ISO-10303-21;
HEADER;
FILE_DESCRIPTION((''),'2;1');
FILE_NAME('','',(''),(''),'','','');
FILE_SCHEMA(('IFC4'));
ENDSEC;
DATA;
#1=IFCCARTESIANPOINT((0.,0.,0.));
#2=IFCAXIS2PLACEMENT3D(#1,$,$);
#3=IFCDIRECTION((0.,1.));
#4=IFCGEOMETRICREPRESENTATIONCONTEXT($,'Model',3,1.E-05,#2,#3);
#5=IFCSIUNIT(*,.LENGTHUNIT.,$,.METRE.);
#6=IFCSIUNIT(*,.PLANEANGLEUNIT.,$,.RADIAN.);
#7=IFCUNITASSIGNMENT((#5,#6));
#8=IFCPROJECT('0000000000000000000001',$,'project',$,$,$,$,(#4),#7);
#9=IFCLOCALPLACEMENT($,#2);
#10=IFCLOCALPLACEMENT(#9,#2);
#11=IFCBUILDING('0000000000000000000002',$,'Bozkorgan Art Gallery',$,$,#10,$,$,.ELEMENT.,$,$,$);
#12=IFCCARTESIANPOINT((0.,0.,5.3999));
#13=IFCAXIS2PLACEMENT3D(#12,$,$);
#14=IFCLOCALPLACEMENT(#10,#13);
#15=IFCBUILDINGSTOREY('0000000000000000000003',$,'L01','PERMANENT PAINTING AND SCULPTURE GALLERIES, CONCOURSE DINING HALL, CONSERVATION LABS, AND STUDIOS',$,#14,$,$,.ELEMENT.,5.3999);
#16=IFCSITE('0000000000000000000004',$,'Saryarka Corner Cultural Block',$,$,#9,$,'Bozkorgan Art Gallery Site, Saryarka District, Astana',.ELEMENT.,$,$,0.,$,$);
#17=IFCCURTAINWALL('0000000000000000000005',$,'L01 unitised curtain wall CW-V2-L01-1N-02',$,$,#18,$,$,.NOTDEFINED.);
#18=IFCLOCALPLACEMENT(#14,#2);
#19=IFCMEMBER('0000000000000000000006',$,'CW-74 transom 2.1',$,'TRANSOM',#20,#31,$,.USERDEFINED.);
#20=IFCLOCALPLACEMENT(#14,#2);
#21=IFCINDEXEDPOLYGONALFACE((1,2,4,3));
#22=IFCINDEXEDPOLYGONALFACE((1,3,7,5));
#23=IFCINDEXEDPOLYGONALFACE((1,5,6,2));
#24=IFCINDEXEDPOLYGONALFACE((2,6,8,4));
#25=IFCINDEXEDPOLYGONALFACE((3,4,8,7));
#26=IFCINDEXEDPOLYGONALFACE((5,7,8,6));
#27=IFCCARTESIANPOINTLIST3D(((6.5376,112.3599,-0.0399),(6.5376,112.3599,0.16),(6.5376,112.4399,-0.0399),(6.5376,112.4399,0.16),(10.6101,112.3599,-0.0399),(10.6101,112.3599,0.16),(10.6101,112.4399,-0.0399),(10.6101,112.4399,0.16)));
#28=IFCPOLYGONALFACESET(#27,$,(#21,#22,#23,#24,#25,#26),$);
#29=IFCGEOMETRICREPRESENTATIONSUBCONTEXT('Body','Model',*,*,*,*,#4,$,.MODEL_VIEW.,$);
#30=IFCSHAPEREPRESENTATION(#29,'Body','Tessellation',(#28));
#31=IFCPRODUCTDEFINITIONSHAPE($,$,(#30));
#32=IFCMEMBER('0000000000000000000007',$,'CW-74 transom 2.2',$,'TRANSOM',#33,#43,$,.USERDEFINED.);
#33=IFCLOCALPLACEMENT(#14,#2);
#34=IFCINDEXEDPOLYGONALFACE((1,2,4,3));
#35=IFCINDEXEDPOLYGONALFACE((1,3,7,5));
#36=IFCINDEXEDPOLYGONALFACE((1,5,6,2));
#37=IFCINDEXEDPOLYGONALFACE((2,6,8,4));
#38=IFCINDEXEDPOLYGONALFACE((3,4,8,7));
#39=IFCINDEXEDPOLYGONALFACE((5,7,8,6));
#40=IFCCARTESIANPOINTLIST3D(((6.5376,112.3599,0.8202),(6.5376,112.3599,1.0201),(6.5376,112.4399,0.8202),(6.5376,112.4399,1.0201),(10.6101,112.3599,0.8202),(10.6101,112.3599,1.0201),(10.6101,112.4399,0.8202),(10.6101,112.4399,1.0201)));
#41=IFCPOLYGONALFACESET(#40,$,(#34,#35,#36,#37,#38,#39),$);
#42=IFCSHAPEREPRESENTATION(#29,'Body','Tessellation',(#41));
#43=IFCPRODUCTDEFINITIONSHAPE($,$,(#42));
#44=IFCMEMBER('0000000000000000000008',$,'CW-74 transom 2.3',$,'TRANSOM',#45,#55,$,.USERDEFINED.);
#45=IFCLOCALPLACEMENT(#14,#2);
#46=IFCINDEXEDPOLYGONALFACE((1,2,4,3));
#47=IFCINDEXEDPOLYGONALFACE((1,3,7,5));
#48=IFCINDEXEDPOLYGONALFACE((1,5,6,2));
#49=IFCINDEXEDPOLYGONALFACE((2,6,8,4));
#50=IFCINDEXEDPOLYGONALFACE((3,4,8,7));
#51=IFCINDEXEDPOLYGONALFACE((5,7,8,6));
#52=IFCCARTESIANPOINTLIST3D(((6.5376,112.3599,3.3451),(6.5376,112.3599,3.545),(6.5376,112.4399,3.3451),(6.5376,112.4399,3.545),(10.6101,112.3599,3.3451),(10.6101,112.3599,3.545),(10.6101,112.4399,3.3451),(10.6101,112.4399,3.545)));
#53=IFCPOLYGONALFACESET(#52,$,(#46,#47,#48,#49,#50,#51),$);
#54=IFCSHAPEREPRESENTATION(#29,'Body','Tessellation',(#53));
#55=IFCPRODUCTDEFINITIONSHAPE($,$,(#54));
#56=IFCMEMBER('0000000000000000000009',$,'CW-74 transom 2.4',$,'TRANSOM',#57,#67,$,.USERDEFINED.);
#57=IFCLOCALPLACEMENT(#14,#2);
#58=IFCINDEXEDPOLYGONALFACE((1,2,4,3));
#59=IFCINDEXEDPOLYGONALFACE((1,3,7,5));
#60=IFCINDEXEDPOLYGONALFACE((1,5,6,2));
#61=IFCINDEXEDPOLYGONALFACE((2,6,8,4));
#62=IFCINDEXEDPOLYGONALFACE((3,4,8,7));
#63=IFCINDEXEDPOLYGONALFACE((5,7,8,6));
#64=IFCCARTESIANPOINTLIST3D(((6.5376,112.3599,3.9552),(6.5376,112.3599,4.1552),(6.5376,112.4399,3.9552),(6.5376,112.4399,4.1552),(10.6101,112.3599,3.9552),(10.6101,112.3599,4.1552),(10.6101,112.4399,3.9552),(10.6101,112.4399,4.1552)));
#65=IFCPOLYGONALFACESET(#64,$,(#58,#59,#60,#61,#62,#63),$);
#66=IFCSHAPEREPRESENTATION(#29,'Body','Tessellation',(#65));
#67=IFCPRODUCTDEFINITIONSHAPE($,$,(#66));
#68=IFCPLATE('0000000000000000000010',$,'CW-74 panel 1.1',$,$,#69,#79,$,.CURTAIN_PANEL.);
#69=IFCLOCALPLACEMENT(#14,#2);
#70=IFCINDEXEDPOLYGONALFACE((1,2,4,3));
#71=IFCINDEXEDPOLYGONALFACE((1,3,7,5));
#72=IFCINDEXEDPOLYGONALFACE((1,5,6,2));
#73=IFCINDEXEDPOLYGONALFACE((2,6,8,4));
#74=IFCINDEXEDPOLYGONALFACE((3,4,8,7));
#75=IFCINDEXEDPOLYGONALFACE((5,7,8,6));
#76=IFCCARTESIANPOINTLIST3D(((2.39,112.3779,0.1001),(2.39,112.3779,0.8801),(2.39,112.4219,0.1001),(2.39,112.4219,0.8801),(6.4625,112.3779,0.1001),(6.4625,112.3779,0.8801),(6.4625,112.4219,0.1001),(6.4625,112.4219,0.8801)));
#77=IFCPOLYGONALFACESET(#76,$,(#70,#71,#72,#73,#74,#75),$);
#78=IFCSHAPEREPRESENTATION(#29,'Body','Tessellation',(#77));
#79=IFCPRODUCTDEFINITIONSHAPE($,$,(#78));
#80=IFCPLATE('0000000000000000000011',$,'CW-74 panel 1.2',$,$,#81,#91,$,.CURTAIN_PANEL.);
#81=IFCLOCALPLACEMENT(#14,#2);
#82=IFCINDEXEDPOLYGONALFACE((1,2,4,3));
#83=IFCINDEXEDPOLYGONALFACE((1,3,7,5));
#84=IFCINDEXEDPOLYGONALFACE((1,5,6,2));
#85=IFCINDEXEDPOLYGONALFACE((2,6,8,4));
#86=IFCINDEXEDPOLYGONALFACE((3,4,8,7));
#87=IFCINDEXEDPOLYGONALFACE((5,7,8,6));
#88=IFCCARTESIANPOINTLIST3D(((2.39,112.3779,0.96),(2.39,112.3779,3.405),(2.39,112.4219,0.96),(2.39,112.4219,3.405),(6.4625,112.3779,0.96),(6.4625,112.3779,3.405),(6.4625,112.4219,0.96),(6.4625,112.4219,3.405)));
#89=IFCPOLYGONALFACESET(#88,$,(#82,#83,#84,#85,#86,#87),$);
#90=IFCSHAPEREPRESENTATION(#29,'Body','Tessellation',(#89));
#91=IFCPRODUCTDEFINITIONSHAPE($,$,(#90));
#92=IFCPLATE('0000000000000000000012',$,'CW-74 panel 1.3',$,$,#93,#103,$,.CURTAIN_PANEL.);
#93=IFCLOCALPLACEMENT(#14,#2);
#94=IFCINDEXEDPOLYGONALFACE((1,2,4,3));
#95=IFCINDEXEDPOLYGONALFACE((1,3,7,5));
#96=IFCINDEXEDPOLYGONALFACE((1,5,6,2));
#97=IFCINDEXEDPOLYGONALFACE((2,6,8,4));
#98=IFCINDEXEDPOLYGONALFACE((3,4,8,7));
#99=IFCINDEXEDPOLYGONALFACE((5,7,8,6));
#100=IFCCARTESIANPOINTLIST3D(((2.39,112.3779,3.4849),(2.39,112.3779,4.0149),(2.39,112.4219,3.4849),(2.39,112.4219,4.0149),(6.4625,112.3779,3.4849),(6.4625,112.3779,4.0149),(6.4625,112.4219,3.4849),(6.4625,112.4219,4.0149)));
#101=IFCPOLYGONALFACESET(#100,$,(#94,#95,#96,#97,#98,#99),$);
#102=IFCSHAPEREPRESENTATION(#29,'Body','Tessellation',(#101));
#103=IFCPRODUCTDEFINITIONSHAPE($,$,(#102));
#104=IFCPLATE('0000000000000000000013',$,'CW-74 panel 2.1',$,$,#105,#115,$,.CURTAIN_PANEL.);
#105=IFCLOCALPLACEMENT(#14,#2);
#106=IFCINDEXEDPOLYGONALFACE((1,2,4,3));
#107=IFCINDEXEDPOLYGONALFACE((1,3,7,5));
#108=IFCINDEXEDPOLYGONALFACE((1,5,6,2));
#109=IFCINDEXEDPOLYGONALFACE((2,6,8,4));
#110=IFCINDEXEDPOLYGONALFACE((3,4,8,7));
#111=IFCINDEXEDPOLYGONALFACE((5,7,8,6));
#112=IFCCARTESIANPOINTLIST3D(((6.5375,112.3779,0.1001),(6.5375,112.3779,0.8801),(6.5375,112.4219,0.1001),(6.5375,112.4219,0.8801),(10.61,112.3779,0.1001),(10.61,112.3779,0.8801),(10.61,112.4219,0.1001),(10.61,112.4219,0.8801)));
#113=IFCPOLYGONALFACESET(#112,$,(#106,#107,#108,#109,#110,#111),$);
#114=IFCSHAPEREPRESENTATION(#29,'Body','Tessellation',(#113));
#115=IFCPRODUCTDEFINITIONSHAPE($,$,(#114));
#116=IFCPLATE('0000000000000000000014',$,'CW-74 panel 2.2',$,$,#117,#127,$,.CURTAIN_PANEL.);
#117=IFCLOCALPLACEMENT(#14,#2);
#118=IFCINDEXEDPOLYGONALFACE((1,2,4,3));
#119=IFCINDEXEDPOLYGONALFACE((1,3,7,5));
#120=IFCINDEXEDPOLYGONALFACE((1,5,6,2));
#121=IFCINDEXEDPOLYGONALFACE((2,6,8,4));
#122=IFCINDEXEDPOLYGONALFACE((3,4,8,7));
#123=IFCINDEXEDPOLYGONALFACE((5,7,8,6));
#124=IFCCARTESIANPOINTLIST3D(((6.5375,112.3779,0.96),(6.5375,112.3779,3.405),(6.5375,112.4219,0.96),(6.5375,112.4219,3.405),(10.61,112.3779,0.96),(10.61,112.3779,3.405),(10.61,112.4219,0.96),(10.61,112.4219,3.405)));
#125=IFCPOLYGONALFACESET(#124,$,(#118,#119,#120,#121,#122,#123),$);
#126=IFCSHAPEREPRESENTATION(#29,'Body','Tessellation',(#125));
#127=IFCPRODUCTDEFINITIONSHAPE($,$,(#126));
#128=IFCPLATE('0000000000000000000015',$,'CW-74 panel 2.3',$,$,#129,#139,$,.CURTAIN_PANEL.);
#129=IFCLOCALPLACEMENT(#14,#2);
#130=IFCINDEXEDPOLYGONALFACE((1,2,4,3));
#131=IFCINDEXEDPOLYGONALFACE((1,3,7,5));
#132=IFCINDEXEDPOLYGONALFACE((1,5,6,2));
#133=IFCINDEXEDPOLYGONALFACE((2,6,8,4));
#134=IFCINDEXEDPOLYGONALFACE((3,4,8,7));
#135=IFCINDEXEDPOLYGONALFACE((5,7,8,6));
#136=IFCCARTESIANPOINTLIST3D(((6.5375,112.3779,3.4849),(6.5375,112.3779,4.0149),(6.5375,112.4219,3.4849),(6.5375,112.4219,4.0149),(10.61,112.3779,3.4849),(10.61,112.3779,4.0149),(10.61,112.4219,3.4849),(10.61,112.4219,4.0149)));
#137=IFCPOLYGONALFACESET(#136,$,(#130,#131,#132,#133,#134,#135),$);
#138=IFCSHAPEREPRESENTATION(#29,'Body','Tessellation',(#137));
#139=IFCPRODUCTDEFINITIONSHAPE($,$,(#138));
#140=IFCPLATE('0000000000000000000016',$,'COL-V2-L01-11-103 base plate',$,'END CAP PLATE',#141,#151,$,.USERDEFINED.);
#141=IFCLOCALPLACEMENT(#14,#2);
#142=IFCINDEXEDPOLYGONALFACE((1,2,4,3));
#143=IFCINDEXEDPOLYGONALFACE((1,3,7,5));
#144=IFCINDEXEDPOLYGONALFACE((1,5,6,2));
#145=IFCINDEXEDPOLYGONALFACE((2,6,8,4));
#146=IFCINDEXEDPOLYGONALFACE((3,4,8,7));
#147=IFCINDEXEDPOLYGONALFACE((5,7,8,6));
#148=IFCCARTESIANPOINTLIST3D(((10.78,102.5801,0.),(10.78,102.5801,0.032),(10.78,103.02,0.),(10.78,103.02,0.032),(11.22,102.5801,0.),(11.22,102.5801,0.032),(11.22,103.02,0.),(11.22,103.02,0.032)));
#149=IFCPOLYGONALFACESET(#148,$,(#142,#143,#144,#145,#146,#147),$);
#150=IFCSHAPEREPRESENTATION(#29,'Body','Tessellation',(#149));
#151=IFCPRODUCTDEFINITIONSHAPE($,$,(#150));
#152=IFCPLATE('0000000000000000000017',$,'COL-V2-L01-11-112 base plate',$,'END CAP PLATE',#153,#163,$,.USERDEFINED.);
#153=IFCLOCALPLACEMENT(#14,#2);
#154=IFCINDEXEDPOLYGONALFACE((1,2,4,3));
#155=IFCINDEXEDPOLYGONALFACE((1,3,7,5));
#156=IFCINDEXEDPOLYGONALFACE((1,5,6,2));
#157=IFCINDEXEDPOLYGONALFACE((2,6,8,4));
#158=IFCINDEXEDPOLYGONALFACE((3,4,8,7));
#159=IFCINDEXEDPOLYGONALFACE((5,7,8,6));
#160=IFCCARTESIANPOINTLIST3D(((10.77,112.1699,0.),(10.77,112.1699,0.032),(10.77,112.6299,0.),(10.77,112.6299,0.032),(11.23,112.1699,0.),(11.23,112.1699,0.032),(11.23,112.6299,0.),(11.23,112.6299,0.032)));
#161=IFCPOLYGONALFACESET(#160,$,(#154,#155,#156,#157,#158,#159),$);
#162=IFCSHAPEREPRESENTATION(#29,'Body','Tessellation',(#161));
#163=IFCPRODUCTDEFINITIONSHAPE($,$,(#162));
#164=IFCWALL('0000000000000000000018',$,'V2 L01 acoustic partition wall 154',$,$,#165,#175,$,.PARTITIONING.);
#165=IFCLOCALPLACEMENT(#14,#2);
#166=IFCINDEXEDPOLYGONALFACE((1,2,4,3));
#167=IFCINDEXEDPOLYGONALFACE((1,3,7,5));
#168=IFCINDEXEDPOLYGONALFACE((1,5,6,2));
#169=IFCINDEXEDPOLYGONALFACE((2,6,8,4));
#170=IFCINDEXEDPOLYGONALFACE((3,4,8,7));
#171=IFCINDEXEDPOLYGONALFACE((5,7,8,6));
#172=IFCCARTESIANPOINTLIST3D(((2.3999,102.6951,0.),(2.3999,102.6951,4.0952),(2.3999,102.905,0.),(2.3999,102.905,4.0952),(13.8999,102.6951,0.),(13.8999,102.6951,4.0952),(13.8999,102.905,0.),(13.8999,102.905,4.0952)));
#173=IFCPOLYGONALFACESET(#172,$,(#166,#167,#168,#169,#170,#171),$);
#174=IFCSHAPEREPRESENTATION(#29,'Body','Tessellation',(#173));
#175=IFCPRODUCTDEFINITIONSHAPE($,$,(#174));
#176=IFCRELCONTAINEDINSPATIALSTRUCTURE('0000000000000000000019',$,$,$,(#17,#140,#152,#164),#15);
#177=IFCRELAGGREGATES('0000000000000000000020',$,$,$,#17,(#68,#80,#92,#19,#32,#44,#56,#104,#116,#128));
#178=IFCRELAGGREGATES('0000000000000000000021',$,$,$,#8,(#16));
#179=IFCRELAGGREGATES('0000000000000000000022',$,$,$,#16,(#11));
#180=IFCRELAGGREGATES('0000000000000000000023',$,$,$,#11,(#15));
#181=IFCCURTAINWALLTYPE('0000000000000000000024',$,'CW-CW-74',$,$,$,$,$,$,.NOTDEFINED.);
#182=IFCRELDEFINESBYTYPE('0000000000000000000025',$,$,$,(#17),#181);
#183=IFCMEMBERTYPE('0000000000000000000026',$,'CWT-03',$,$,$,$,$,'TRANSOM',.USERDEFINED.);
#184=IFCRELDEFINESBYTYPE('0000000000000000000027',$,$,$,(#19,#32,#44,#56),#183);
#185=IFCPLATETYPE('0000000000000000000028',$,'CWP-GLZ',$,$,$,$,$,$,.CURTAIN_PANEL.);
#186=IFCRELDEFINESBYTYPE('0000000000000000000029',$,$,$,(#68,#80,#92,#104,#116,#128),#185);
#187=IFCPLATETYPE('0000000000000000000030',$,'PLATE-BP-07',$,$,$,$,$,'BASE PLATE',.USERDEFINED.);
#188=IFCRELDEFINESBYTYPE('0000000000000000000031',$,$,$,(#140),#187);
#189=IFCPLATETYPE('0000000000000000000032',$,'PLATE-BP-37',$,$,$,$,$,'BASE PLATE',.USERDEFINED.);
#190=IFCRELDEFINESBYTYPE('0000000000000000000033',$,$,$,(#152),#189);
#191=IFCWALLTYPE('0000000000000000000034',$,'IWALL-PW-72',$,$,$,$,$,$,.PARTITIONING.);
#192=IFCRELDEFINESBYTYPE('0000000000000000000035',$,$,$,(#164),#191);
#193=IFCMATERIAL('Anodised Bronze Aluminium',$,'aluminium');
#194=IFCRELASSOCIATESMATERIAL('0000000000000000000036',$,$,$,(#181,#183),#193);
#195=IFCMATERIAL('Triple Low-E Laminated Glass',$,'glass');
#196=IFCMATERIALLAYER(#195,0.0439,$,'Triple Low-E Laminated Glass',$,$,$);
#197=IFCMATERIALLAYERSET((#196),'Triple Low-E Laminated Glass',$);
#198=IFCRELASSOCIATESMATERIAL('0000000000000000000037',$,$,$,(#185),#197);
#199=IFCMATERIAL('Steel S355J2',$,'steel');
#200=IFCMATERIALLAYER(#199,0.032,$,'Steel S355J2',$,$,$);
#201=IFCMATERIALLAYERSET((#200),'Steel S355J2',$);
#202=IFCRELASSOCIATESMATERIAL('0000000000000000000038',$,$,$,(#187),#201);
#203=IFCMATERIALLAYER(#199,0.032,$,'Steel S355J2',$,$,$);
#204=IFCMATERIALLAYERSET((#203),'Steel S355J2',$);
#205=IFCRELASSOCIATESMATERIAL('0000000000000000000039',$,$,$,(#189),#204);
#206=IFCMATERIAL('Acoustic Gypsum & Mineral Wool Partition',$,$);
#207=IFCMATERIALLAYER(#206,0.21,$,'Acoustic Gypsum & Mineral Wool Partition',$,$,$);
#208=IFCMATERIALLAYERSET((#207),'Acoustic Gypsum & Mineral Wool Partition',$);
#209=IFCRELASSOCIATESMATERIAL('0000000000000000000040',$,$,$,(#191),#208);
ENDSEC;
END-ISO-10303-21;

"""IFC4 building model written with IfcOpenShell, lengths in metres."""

from ifc_helpers import new_model, si_unit, direction, frame, frame_2d, origin, origin_2d, place, context, subcontext, project, spatial, rectangle, extrude, material, layer, layer_set, material_profile, profile_set, type_object, element, aggregate, save


model = new_model("IFC4")

# Units and contexts
model_context = context("Model", 3, precision=1e-05, world=origin(), true_north=direction((0.0, 1.0)))
body_context = subcontext(model_context, "Body", "Model", "MODEL_VIEW")
ifc_project = project(units=[si_unit("LENGTHUNIT", "METRE"), si_unit("PLANEANGLEUNIT", "RADIAN")], contexts=[model_context])

# Site, building, storey
site_placement = place(None, origin())
site = spatial("IfcSite", under=ifc_project, at=site_placement, Name="Saryarka Corner Cultural Block", LongName="Bozkorgan Art Gallery Site, Saryarka District, Astana", CompositionType="ELEMENT", RefElevation=0.0)
building_placement = place(site_placement, origin())
building = spatial("IfcBuilding", under=site, at=building_placement, Name="Bozkorgan Art Gallery", CompositionType="ELEMENT")
storey_placement = place(building_placement, frame((0.0, 0.0, 5.3999)))
storey = spatial("IfcBuildingStorey", under=building, at=storey_placement, Name="L01", Description="PERMANENT PAINTING AND SCULPTURE GALLERIES, CONCOURSE DINING HALL, CONSERVATION LABS, AND STUDIOS", CompositionType="ELEMENT", Elevation=5.3999)

# Shared definitions
ifc_material_1 = material(Name="Steel S355J2", Category="steel")

# Curtain wall, members, plates
ifc_material_2 = material(Name="Anodised Bronze Aluminium", Category="aluminium")
curtain_wall_type = type_object("IfcCurtainWallType", Name="CW-CW-74", PredefinedType="NOTDEFINED", material=ifc_material_2)
curtain_wall_placement = place(storey_placement, origin())
curtain_wall = element("IfcCurtainWall", 1, at=curtain_wall_placement, inside=storey, type_object=curtain_wall_type, Name="L01 unitised curtain wall CW-V2-L01-1N-02", PredefinedType="NOTDEFINED")
ifc_material_profile_1 = material_profile(ifc_material_2, rectangle(XDim=0.0801, YDim=0.2, at=origin_2d()), Name="ALU TRANSOM 80x200")
ifc_profile_set_1 = profile_set([ifc_material_profile_1], Name="Anodised Bronze Aluminium")
member_type_1 = type_object("IfcMemberType", Name="CWT-03", ElementType="TRANSOM", PredefinedType="USERDEFINED", material=ifc_profile_set_1)
member_1_placement = place(storey_placement, frame((6.5376, 112.3999, 0.0601), z_axis=(1.0, 0.0, 0.0), x_axis=(0.0, 1.0, 0.0)))
member_1 = element("IfcMember", 2, at=member_1_placement, type_object=member_type_1, Name="CW-74 transom 2.1", ObjectType="TRANSOM", PredefinedType="USERDEFINED", context=body_context, shape_type="SweptSolid", body=[
    extrude(rectangle(XDim=0.0801, YDim=0.2, at=origin_2d()), origin(), (0.0, 0.0, 1.0), 4.0725),
])
member_2_placement = place(storey_placement, frame((6.5376, 112.3999, 0.9202), z_axis=(1.0, 0.0, 0.0), x_axis=(0.0, 1.0, 0.0)))
member_2 = element("IfcMember", 3, at=member_2_placement, type_object=member_type_1, Name="CW-74 transom 2.2", ObjectType="TRANSOM", PredefinedType="USERDEFINED", context=body_context, shape_type="SweptSolid", body=[
    extrude(rectangle(XDim=0.0801, YDim=0.2, at=origin_2d()), origin(), (0.0, 0.0, 1.0), 4.0725),
])
member_3_placement = place(storey_placement, frame((6.5376, 112.3999, 3.4451), z_axis=(1.0, 0.0, 0.0), x_axis=(0.0, 1.0, 0.0)))
member_3 = element("IfcMember", 4, at=member_3_placement, type_object=member_type_1, Name="CW-74 transom 2.3", ObjectType="TRANSOM", PredefinedType="USERDEFINED", context=body_context, shape_type="SweptSolid", body=[
    extrude(rectangle(XDim=0.0801, YDim=0.2, at=origin_2d()), origin(), (0.0, 0.0, 1.0), 4.0725),
])
member_4_placement = place(storey_placement, frame((6.5376, 112.3999, 4.0552), z_axis=(1.0, 0.0, 0.0), x_axis=(0.0, 1.0, 0.0)))
member_4 = element("IfcMember", 5, at=member_4_placement, type_object=member_type_1, Name="CW-74 transom 2.4", ObjectType="TRANSOM", PredefinedType="USERDEFINED", context=body_context, shape_type="SweptSolid", body=[
    extrude(rectangle(XDim=0.0801, YDim=0.2, at=origin_2d()), origin(), (0.0, 0.0, 1.0), 4.0725),
])
ifc_material_3 = material(Name="Triple Low-E Laminated Glass", Category="glass")
ifc_layer_1 = layer(ifc_material_3, 0.0439, Name="Triple Low-E Laminated Glass")
ifc_layer_set_1 = layer_set([ifc_layer_1], Name="Triple Low-E Laminated Glass")
plate_type_1 = type_object("IfcPlateType", Name="CWP-GLZ", PredefinedType="CURTAIN_PANEL", material=ifc_layer_set_1)
plate_1_placement = place(storey_placement, frame((4.4263, 112.3999, 0.1001), z_axis=(0.0, 0.0, 1.0), x_axis=(1.0, 0.0, 0.0)))
plate_1 = element("IfcPlate", 6, at=plate_1_placement, type_object=plate_type_1, Name="CW-74 panel 1.1", PredefinedType="CURTAIN_PANEL", context=body_context, shape_type="SweptSolid", body=[
    extrude(rectangle(XDim=4.0725, YDim=0.0439, at=origin_2d()), origin(), (0.0, 0.0, 1.0), 0.78),
])
plate_2_placement = place(storey_placement, frame((4.4263, 112.3999, 0.96), z_axis=(0.0, 0.0, 1.0), x_axis=(1.0, 0.0, 0.0)))
plate_2 = element("IfcPlate", 7, at=plate_2_placement, type_object=plate_type_1, Name="CW-74 panel 1.2", PredefinedType="CURTAIN_PANEL", context=body_context, shape_type="SweptSolid", body=[
    extrude(rectangle(XDim=4.0725, YDim=0.0439, at=origin_2d()), origin(), (0.0, 0.0, 1.0), 2.4451),
])
plate_3_placement = place(storey_placement, frame((4.4263, 112.3999, 3.4849), z_axis=(0.0, 0.0, 1.0), x_axis=(1.0, 0.0, 0.0)))
plate_3 = element("IfcPlate", 8, at=plate_3_placement, type_object=plate_type_1, Name="CW-74 panel 1.3", PredefinedType="CURTAIN_PANEL", context=body_context, shape_type="SweptSolid", body=[
    extrude(rectangle(XDim=4.0725, YDim=0.0439, at=origin_2d()), origin(), (0.0, 0.0, 1.0), 0.53),
])
plate_4_placement = place(storey_placement, frame((8.5737, 112.3999, 0.1001), z_axis=(0.0, 0.0, 1.0), x_axis=(1.0, 0.0, 0.0)))
plate_4 = element("IfcPlate", 9, at=plate_4_placement, type_object=plate_type_1, Name="CW-74 panel 2.1", PredefinedType="CURTAIN_PANEL", context=body_context, shape_type="SweptSolid", body=[
    extrude(rectangle(XDim=4.0725, YDim=0.0439, at=origin_2d()), origin(), (0.0, 0.0, 1.0), 0.78),
])
plate_5_placement = place(storey_placement, frame((8.5737, 112.3999, 0.96), z_axis=(0.0, 0.0, 1.0), x_axis=(1.0, 0.0, 0.0)))
plate_5 = element("IfcPlate", 10, at=plate_5_placement, type_object=plate_type_1, Name="CW-74 panel 2.2", PredefinedType="CURTAIN_PANEL", context=body_context, shape_type="SweptSolid", body=[
    extrude(rectangle(XDim=4.0725, YDim=0.0439, at=origin_2d()), origin(), (0.0, 0.0, 1.0), 2.4451),
])
plate_6_placement = place(storey_placement, frame((8.5737, 112.3999, 3.4849), z_axis=(0.0, 0.0, 1.0), x_axis=(1.0, 0.0, 0.0)))
plate_6 = element("IfcPlate", 11, at=plate_6_placement, type_object=plate_type_1, Name="CW-74 panel 2.3", PredefinedType="CURTAIN_PANEL", context=body_context, shape_type="SweptSolid", body=[
    extrude(rectangle(XDim=4.0725, YDim=0.0439, at=origin_2d()), origin(), (0.0, 0.0, 1.0), 0.53),
])
aggregate(curtain_wall, [plate_1, plate_2, plate_3, member_1, member_2, member_3, member_4, plate_4, plate_5, plate_6])

# Plates
ifc_layer_2 = layer(ifc_material_1, 0.032, Name="Steel S355J2")
ifc_layer_set_2 = layer_set([ifc_layer_2], Name="Steel S355J2")
plate_type_2 = type_object("IfcPlateType", Name="PLATE-BP-07", ElementType="BASE PLATE", PredefinedType="USERDEFINED", material=ifc_layer_set_2)
plate_7_placement = place(storey_placement, frame((11.0, 102.8, 0.0), z_axis=(0.0, 0.0, 1.0), x_axis=(1.0, 0.0, 0.0)))
element("IfcPlate", 12, at=plate_7_placement, inside=storey, type_object=plate_type_2, Name="COL-V2-L01-11-103 base plate", ObjectType="END CAP PLATE", PredefinedType="USERDEFINED", context=body_context, shape_type="SweptSolid", body=[
    extrude(rectangle(XDim=0.4399, YDim=0.4399, at=origin_2d()), origin(), (0.0, 0.0, 1.0), 0.032),
])
ifc_layer_3 = layer(ifc_material_1, 0.032, Name="Steel S355J2")
ifc_layer_set_3 = layer_set([ifc_layer_3], Name="Steel S355J2")
plate_type_3 = type_object("IfcPlateType", Name="PLATE-BP-37", ElementType="BASE PLATE", PredefinedType="USERDEFINED", material=ifc_layer_set_3)
plate_8_placement = place(storey_placement, frame((11.0, 112.3999, 0.0), z_axis=(0.0, 0.0, 1.0), x_axis=(1.0, 0.0, 0.0)))
element("IfcPlate", 13, at=plate_8_placement, inside=storey, type_object=plate_type_3, Name="COL-V2-L01-11-112 base plate", ObjectType="END CAP PLATE", PredefinedType="USERDEFINED", context=body_context, shape_type="SweptSolid", body=[
    extrude(rectangle(XDim=0.46, YDim=0.46, at=origin_2d()), origin(), (0.0, 0.0, 1.0), 0.032),
])

# Wall
ifc_material_4 = material(Name="Acoustic Gypsum & Mineral Wool Partition")
ifc_layer_4 = layer(ifc_material_4, 0.21, Name="Acoustic Gypsum & Mineral Wool Partition")
ifc_layer_set_4 = layer_set([ifc_layer_4], Name="Acoustic Gypsum & Mineral Wool Partition")
wall_type = type_object("IfcWallType", Name="IWALL-PW-72", PredefinedType="PARTITIONING", material=ifc_layer_set_4)
wall_placement = place(storey_placement, frame((2.3999, 102.8, 0.0), z_axis=(0.0, 0.0, 1.0), x_axis=(1.0, 0.0, 0.0)))
element("IfcWall", 14, at=wall_placement, inside=storey, type_object=wall_type, Name="V2 L01 acoustic partition wall 154", PredefinedType="PARTITIONING", context=body_context, shape_type="SweptSolid", body=[
    extrude(rectangle(XDim=11.5, YDim=0.21, at=frame_2d((5.75, 0.0))), origin(), (0.0, 0.0, 1.0), 4.0952),
])

save(model, "model.ifc")
